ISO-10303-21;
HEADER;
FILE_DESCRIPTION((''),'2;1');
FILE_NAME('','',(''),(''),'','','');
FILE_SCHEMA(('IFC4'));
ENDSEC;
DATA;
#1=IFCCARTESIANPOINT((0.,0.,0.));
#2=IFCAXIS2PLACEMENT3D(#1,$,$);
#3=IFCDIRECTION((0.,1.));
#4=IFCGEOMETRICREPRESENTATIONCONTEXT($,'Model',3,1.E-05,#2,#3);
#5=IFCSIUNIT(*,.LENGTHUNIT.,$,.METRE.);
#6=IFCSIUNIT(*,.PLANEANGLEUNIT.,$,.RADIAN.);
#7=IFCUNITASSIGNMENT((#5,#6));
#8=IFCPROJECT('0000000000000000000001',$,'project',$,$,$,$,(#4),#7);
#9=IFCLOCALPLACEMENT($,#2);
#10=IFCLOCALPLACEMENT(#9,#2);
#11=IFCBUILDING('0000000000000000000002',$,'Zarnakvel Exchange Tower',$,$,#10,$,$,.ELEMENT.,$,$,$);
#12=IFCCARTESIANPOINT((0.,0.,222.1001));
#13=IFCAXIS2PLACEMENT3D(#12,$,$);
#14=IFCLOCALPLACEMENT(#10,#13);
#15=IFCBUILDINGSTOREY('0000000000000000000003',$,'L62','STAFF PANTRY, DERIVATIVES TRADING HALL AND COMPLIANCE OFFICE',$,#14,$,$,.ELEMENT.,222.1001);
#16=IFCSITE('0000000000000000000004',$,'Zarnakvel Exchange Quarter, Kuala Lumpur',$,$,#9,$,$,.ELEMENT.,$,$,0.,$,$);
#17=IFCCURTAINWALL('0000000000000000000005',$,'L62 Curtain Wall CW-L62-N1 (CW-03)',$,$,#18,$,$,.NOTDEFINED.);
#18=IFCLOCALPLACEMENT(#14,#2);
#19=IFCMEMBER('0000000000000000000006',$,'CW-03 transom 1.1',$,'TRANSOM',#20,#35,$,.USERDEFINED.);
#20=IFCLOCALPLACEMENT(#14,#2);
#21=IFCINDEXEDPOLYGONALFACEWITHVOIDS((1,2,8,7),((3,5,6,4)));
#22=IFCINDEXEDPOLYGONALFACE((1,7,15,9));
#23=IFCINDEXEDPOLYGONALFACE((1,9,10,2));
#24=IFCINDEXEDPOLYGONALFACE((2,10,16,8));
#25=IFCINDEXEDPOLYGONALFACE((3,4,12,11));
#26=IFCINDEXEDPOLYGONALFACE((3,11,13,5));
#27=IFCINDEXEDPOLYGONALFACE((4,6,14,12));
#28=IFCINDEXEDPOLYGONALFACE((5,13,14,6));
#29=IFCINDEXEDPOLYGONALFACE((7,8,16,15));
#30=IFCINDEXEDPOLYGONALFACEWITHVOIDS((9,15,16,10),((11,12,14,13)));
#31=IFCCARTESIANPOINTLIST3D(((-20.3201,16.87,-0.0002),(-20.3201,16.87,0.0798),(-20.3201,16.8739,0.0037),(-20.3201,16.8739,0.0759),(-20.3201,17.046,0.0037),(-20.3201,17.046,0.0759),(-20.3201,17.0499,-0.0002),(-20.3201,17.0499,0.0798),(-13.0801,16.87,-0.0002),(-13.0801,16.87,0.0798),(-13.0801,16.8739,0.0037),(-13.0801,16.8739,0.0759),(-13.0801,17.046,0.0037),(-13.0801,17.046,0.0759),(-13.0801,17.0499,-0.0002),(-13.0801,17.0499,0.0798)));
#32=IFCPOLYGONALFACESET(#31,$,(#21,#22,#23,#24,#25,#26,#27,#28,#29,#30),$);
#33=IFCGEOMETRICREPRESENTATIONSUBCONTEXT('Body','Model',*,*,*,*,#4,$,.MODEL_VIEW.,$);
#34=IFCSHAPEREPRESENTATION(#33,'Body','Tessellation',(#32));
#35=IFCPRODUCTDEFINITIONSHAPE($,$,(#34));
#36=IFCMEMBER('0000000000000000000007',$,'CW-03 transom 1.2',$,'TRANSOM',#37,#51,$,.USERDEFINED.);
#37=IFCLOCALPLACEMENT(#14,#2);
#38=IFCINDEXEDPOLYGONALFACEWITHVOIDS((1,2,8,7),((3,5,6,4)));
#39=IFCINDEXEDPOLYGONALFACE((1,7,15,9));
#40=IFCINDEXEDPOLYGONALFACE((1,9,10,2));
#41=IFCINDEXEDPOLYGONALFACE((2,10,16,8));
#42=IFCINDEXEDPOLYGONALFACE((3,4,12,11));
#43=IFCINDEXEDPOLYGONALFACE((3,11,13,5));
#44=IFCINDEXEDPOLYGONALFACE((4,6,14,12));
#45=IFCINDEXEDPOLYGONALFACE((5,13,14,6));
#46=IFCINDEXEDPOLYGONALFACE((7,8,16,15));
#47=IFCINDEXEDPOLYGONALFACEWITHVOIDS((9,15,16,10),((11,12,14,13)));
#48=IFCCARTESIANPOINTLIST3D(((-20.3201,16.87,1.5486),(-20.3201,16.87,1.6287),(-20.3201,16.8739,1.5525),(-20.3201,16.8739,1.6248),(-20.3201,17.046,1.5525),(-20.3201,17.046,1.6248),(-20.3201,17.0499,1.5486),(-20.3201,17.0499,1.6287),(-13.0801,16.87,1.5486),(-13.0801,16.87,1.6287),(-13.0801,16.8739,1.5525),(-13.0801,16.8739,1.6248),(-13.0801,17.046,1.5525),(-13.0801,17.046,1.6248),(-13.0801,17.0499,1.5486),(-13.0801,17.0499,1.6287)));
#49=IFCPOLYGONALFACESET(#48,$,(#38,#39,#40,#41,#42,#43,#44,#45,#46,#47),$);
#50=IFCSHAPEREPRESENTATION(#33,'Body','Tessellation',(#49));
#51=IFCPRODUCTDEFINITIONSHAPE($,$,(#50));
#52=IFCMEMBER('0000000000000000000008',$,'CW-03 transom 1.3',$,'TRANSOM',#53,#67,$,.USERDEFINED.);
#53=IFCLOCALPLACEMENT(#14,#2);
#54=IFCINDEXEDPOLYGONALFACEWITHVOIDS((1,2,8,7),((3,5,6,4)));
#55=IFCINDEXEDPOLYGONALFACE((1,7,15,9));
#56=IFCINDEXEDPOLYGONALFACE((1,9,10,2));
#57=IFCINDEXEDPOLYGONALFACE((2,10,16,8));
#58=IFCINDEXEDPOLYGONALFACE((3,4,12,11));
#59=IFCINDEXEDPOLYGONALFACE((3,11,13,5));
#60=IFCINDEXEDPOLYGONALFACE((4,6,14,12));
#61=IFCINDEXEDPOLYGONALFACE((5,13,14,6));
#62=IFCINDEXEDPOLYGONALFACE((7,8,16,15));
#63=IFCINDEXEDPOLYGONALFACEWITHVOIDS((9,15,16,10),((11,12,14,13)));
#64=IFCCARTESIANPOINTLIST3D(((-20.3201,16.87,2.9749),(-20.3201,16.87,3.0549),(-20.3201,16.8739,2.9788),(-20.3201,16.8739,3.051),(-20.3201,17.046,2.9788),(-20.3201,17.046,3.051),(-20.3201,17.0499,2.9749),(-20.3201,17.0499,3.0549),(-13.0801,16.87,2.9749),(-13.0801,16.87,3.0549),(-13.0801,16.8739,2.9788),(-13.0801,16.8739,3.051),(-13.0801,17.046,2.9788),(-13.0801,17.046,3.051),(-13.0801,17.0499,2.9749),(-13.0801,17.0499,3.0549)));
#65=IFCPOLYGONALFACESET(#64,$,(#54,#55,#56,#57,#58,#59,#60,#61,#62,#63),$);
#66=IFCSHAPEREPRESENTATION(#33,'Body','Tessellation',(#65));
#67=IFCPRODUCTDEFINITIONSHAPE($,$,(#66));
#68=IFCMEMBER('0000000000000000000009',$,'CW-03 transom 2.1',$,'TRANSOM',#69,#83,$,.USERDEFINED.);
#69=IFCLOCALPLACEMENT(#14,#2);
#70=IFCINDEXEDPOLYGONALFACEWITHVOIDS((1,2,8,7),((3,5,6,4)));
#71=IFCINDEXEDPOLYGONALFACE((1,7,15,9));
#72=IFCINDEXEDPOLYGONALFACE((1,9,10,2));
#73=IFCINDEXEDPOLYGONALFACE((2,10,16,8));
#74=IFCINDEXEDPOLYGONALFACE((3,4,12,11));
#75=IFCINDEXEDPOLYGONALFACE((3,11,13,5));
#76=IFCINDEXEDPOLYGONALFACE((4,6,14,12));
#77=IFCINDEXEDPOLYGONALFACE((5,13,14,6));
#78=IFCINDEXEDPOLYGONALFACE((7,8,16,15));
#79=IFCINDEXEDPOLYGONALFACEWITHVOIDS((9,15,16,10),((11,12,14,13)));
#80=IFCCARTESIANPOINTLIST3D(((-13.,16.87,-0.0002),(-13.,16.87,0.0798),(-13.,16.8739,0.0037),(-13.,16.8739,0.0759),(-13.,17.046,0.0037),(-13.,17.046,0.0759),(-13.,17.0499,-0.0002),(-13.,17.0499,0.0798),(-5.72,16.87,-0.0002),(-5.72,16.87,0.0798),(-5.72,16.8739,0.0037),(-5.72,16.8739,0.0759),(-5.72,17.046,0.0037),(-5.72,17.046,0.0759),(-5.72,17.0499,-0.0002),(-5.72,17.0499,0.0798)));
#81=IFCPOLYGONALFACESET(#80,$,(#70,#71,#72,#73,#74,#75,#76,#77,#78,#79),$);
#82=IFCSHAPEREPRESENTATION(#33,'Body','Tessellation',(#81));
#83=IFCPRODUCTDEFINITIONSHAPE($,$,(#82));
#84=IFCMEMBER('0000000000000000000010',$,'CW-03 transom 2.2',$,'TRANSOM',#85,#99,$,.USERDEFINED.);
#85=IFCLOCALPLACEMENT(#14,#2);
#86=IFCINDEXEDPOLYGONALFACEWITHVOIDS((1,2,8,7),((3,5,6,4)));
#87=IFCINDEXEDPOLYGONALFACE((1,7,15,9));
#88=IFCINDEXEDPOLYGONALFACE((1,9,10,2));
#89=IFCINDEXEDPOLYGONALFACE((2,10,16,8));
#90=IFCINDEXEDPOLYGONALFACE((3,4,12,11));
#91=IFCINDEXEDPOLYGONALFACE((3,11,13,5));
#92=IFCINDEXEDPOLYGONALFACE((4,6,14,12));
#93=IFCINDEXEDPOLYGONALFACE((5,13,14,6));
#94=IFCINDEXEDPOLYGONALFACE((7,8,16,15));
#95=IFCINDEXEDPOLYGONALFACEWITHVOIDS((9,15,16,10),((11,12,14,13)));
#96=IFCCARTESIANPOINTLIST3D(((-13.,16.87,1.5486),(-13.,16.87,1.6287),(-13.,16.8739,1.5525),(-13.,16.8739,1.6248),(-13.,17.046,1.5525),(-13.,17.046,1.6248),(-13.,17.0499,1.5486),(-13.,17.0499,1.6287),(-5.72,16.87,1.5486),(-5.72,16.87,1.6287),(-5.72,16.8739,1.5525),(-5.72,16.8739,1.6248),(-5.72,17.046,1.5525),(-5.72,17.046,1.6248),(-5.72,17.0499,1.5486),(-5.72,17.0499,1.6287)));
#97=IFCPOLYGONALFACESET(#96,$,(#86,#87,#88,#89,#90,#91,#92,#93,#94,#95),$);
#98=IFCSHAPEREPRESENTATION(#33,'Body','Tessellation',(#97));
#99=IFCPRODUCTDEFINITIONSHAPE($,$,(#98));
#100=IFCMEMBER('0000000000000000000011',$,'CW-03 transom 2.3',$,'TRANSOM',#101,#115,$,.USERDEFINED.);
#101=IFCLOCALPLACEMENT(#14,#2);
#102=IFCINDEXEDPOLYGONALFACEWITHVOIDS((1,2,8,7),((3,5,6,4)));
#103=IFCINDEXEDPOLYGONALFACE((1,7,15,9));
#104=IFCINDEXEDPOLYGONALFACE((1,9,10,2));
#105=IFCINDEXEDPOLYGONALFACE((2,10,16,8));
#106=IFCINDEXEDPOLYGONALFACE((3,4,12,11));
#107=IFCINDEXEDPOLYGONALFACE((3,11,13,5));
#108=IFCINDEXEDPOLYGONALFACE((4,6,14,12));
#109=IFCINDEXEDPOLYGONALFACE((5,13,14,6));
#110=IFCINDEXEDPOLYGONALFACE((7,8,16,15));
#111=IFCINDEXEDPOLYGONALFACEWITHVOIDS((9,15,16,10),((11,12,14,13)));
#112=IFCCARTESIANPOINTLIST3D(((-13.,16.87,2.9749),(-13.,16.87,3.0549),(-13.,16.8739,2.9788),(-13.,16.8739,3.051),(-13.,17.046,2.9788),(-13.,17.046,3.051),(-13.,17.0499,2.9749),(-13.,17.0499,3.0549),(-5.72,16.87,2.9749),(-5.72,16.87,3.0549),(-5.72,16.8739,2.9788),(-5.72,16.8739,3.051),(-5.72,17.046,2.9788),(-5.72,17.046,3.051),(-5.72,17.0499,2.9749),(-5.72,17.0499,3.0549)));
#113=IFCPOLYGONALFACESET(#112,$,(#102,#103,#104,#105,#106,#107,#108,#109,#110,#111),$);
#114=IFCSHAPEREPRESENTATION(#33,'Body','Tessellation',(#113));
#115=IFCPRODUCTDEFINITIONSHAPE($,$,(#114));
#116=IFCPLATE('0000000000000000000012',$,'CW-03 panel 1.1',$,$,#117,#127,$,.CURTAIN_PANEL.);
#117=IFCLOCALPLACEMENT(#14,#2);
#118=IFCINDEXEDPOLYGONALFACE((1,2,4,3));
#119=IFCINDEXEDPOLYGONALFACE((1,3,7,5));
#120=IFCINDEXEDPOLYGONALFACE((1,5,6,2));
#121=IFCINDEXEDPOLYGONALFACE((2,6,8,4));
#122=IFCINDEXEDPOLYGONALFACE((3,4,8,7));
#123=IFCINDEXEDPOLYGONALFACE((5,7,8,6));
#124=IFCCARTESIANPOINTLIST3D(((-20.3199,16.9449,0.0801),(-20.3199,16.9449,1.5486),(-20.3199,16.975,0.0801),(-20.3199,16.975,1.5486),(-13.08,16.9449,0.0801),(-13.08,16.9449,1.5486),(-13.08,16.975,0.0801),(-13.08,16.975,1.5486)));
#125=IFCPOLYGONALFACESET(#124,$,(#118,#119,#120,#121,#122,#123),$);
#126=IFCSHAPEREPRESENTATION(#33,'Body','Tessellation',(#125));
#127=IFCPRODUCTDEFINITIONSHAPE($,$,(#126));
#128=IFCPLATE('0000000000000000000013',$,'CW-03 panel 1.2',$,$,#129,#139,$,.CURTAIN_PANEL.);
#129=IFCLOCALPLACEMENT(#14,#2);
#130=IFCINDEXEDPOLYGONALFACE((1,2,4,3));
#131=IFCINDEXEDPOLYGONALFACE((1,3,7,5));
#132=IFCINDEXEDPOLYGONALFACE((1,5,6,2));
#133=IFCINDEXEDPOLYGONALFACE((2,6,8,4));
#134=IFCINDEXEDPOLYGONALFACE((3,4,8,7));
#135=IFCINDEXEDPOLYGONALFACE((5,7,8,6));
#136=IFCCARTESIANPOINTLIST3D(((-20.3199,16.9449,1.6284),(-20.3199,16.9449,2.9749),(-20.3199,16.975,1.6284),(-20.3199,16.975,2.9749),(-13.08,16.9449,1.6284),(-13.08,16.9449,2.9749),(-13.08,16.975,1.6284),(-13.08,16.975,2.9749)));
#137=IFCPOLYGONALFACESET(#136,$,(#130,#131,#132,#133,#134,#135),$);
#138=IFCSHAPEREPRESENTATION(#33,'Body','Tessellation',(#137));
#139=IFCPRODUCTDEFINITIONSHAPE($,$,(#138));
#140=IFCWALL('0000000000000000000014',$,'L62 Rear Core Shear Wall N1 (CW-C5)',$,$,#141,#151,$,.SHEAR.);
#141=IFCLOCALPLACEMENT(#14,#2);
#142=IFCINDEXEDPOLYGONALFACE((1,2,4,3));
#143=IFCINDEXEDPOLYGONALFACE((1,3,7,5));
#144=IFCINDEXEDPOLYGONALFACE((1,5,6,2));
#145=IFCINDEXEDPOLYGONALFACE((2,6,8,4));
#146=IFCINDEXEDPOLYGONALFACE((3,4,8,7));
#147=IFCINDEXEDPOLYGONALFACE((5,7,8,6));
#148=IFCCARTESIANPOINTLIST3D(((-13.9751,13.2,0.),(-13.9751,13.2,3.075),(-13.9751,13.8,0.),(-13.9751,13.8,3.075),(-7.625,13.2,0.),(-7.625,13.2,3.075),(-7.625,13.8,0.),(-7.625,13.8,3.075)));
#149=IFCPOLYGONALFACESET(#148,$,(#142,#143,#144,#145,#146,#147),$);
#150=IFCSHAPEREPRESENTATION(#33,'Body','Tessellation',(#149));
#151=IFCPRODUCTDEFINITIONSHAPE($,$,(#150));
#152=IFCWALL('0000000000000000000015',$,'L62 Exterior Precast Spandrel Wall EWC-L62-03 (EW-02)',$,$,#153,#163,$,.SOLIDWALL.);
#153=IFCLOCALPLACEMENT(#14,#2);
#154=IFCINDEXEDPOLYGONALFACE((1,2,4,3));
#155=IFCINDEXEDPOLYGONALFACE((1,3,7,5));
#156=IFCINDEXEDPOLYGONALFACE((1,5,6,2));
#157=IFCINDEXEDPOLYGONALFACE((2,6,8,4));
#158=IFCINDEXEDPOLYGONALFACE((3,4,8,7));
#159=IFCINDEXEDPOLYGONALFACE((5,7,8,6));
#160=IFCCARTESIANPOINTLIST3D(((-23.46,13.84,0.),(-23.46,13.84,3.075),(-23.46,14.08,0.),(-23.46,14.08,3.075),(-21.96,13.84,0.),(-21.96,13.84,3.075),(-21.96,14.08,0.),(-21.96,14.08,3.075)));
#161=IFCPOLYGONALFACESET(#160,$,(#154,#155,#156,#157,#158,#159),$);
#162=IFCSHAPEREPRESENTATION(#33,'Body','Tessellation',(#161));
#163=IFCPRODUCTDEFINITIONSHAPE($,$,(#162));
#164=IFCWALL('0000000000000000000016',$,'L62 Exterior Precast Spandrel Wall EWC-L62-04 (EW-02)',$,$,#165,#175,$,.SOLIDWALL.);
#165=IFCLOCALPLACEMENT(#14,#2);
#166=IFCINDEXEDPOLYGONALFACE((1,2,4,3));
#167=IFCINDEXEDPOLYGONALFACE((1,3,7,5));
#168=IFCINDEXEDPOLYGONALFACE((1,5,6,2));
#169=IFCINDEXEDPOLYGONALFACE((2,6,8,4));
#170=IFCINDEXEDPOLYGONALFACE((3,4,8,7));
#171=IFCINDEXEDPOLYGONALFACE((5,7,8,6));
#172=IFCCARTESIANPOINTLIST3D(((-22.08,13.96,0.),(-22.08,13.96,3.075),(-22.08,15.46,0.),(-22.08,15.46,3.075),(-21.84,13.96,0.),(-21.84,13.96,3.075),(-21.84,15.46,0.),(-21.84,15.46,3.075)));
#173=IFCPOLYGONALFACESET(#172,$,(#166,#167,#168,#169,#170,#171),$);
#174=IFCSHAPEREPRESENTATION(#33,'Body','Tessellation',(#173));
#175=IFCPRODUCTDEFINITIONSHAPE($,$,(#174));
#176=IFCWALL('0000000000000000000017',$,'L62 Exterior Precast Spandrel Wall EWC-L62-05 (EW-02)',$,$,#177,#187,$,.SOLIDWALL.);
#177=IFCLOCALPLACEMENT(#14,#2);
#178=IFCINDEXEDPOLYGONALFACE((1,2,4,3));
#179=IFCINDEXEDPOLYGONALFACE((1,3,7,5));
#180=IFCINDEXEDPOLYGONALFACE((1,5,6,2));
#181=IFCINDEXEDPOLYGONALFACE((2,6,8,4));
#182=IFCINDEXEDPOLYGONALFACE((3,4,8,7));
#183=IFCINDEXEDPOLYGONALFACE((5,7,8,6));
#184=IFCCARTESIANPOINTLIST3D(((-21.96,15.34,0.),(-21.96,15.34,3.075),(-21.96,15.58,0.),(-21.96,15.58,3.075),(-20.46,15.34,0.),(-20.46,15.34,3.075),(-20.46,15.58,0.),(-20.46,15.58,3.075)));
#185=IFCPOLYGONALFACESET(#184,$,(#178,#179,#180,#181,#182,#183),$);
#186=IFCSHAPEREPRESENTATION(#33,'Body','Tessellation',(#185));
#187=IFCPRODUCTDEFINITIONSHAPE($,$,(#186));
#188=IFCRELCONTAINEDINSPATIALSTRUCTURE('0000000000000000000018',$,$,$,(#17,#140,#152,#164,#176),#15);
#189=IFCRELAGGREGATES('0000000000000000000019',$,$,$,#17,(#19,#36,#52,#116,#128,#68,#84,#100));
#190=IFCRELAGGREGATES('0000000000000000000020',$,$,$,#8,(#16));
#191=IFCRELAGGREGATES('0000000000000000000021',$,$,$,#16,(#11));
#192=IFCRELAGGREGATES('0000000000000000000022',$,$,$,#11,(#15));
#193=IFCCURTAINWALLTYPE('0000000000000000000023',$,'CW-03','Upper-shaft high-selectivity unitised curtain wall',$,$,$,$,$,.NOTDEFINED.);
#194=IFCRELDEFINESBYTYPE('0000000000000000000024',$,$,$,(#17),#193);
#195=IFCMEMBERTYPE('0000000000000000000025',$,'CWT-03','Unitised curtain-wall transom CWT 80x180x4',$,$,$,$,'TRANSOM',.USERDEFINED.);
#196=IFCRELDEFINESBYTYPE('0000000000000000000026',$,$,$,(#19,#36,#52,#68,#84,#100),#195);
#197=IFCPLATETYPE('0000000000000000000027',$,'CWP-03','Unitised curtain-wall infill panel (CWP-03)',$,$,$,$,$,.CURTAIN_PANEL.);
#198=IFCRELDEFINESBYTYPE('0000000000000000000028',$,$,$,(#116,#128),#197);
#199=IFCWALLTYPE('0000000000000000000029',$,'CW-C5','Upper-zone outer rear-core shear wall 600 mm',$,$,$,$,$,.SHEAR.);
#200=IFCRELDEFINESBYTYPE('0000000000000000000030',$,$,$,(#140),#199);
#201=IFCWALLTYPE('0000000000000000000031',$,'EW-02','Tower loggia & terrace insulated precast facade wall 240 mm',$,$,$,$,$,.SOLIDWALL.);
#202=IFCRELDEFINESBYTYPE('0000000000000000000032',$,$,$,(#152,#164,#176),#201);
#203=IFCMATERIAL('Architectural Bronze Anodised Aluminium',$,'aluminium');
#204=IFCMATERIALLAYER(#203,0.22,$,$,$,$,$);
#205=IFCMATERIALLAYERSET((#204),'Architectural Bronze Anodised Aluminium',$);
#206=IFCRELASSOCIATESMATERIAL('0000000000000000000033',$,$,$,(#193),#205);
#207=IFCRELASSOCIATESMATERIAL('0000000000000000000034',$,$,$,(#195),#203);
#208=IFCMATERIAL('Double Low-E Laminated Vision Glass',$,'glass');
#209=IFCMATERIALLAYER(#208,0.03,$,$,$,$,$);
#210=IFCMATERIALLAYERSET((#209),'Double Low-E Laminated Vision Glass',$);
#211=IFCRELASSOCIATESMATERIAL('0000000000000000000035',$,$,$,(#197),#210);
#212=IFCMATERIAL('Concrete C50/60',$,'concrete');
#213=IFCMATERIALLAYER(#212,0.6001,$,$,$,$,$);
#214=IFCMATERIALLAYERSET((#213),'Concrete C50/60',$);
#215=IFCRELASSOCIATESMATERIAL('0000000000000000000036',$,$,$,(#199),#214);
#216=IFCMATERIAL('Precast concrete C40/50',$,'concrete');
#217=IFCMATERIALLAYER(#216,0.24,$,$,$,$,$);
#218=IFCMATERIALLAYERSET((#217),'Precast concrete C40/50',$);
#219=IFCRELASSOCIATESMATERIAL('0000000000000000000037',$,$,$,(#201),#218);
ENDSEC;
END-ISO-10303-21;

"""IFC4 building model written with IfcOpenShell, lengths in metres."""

from ifc_helpers import new_model, si_unit, direction, frame, frame_2d, origin, origin_2d, place, context, subcontext, project, spatial, rectangle, hollow_rectangle, extrude, source, transform, mapped, material, layer, layer_set, material_profile, profile_set, type_object, element, aggregate, save


model = new_model("IFC4")

# Units and contexts
model_context = context("Model", 3, precision=1e-05, world=origin(), true_north=direction((0.0, 1.0)))
body_context = subcontext(model_context, "Body", "Model", "MODEL_VIEW")
ifc_project = project(units=[si_unit("LENGTHUNIT", "METRE"), si_unit("PLANEANGLEUNIT", "RADIAN")], contexts=[model_context])

# Site, building, storey
site_placement = place(None, origin())
site = spatial("IfcSite", under=ifc_project, at=site_placement, Name="Zarnakvel Exchange Quarter, Kuala Lumpur", CompositionType="ELEMENT", RefElevation=0.0)
building_placement = place(site_placement, origin())
building = spatial("IfcBuilding", under=site, at=building_placement, Name="Zarnakvel Exchange Tower", CompositionType="ELEMENT")
storey_placement = place(building_placement, frame((0.0, 0.0, 222.1001)))
storey = spatial("IfcBuildingStorey", under=building, at=storey_placement, Name="L62", Description="STAFF PANTRY, DERIVATIVES TRADING HALL AND COMPLIANCE OFFICE", CompositionType="ELEMENT", Elevation=222.1001)

# Shared definitions
ifc_material_1 = material(Name="Concrete C50/60", Category="concrete")

# Shared definitions
ifc_material_2 = material(Name="Architectural Bronze Anodised Aluminium", Category="aluminium")

# Curtain wall, members, plates
ifc_layer_1 = layer(ifc_material_2, 0.22)
ifc_layer_set_1 = layer_set([ifc_layer_1], Name="Architectural Bronze Anodised Aluminium")
curtain_wall_type_1 = type_object("IfcCurtainWallType", Name="CW-03", Description="Upper-shaft high-selectivity unitised curtain wall", PredefinedType="NOTDEFINED", material=ifc_layer_set_1)
curtain_wall_1_placement = place(storey_placement, origin())
curtain_wall_1 = element("IfcCurtainWall", 1, at=curtain_wall_1_placement, inside=storey, type_object=curtain_wall_type_1, Name="L62 Curtain Wall CW-L62-N1 (CW-03)", PredefinedType="NOTDEFINED")
ifc_material_profile_1 = material_profile(ifc_material_2, hollow_rectangle(XDim=0.1799, YDim=0.0801, WallThickness=0.0039, at=origin_2d()))
ifc_profile_set_1 = profile_set([ifc_material_profile_1], Name="Architectural Bronze Anodised Aluminium")
member_type_1 = type_object("IfcMemberType", Name="CWT-03", Description="Unitised curtain-wall transom CWT 80x180x4", ElementType="TRANSOM", PredefinedType="USERDEFINED", material=ifc_profile_set_1)
shared_shape_1 = source(origin(), body_context, "Body", "SweptSolid", [
    extrude(hollow_rectangle(XDim=0.1799, YDim=0.0801, WallThickness=0.0039, at=origin_2d()), origin(), (0.0, 0.0, 1.0), 7.24),
])
member_1_placement = place(storey_placement, frame((-20.3201, 16.96, 0.0398), z_axis=(1.0, 0.0, 0.0), x_axis=(0.0, 1.0, 0.0)))
member_1 = element("IfcMember", 2, at=member_1_placement, type_object=member_type_1, Name="CW-03 transom 1.1", ObjectType="TRANSOM", PredefinedType="USERDEFINED", context=body_context, shape_type="MappedRepresentation", body=[
    mapped(shared_shape_1, transform((0.0, 0.0, 0.0), x_axis=(1.0, 0.0, 0.0), y_axis=(0.0, 1.0, 0.0), z_axis=(0.0, 0.0, 1.0), scale=1.0)),
])
member_2_placement = place(storey_placement, frame((-20.3201, 16.96, 1.5886), z_axis=(1.0, 0.0, 0.0), x_axis=(0.0, 1.0, 0.0)))
member_2 = element("IfcMember", 3, at=member_2_placement, type_object=member_type_1, Name="CW-03 transom 1.2", ObjectType="TRANSOM", PredefinedType="USERDEFINED", context=body_context, shape_type="MappedRepresentation", body=[
    mapped(shared_shape_1, transform((0.0, 0.0, 0.0), x_axis=(1.0, 0.0, 0.0), y_axis=(0.0, 1.0, 0.0), z_axis=(0.0, 0.0, 1.0), scale=1.0)),
])
member_3_placement = place(storey_placement, frame((-20.3201, 16.96, 3.0149), z_axis=(1.0, 0.0, 0.0), x_axis=(0.0, 1.0, 0.0)))
member_3 = element("IfcMember", 4, at=member_3_placement, type_object=member_type_1, Name="CW-03 transom 1.3", ObjectType="TRANSOM", PredefinedType="USERDEFINED", context=body_context, shape_type="MappedRepresentation", body=[
    mapped(shared_shape_1, transform((0.0, 0.0, 0.0), x_axis=(1.0, 0.0, 0.0), y_axis=(0.0, 1.0, 0.0), z_axis=(0.0, 0.0, 1.0), scale=1.0)),
])
shared_shape_2 = source(origin(), body_context, "Body", "SweptSolid", [
    extrude(hollow_rectangle(XDim=0.1799, YDim=0.0801, WallThickness=0.0039, at=origin_2d()), origin(), (0.0, 0.0, 1.0), 7.28),
])
member_4_placement = place(storey_placement, frame((-13.0, 16.96, 0.0398), z_axis=(1.0, 0.0, 0.0), x_axis=(0.0, 1.0, 0.0)))
member_4 = element("IfcMember", 5, at=member_4_placement, type_object=member_type_1, Name="CW-03 transom 2.1", ObjectType="TRANSOM", PredefinedType="USERDEFINED", context=body_context, shape_type="MappedRepresentation", body=[
    mapped(shared_shape_2, transform((0.0, 0.0, 0.0), x_axis=(1.0, 0.0, 0.0), y_axis=(0.0, 1.0, 0.0), z_axis=(0.0, 0.0, 1.0), scale=1.0)),
])
member_5_placement = place(storey_placement, frame((-13.0, 16.96, 1.5886), z_axis=(1.0, 0.0, 0.0), x_axis=(0.0, 1.0, 0.0)))
member_5 = element("IfcMember", 6, at=member_5_placement, type_object=member_type_1, Name="CW-03 transom 2.2", ObjectType="TRANSOM", PredefinedType="USERDEFINED", context=body_context, shape_type="MappedRepresentation", body=[
    mapped(shared_shape_2, transform((0.0, 0.0, 0.0), x_axis=(1.0, 0.0, 0.0), y_axis=(0.0, 1.0, 0.0), z_axis=(0.0, 0.0, 1.0), scale=1.0)),
])
member_6_placement = place(storey_placement, frame((-13.0, 16.96, 3.0149), z_axis=(1.0, 0.0, 0.0), x_axis=(0.0, 1.0, 0.0)))
member_6 = element("IfcMember", 7, at=member_6_placement, type_object=member_type_1, Name="CW-03 transom 2.3", ObjectType="TRANSOM", PredefinedType="USERDEFINED", context=body_context, shape_type="MappedRepresentation", body=[
    mapped(shared_shape_2, transform((0.0, 0.0, 0.0), x_axis=(1.0, 0.0, 0.0), y_axis=(0.0, 1.0, 0.0), z_axis=(0.0, 0.0, 1.0), scale=1.0)),
])
ifc_material_3 = material(Name="Double Low-E Laminated Vision Glass", Category="glass")
ifc_layer_2 = layer(ifc_material_3, 0.03)
ifc_layer_set_2 = layer_set([ifc_layer_2], Name="Double Low-E Laminated Vision Glass")
plate_type = type_object("IfcPlateType", Name="CWP-03", Description="Unitised curtain-wall infill panel (CWP-03)", PredefinedType="CURTAIN_PANEL", material=ifc_layer_set_2)
shared_shape_3 = source(origin(), body_context, "Body", "SweptSolid", [
    extrude(rectangle(XDim=7.24, YDim=0.03, at=origin_2d()), origin(), (0.0, 0.0, 1.0), 1.4685),
])
plate_1_placement = place(storey_placement, frame((-16.7, 16.96, 0.0801), z_axis=(0.0, 0.0, 1.0), x_axis=(1.0, 0.0, 0.0)))
plate_1 = element("IfcPlate", 8, at=plate_1_placement, type_object=plate_type, Name="CW-03 panel 1.1", PredefinedType="CURTAIN_PANEL", context=body_context, shape_type="MappedRepresentation", body=[
    mapped(shared_shape_3, transform((0.0, 0.0, 0.0), x_axis=(1.0, 0.0, 0.0), y_axis=(0.0, 1.0, 0.0), z_axis=(0.0, 0.0, 1.0), scale=1.0)),
])
shared_shape_4 = source(origin(), body_context, "Body", "SweptSolid", [
    extrude(rectangle(XDim=7.24, YDim=0.03, at=origin_2d()), origin(), (0.0, 0.0, 1.0), 1.3464),
])
plate_2_placement = place(storey_placement, frame((-16.7, 16.96, 1.6284), z_axis=(0.0, 0.0, 1.0), x_axis=(1.0, 0.0, 0.0)))
plate_2 = element("IfcPlate", 9, at=plate_2_placement, type_object=plate_type, Name="CW-03 panel 1.2", PredefinedType="CURTAIN_PANEL", context=body_context, shape_type="MappedRepresentation", body=[
    mapped(shared_shape_4, transform((0.0, 0.0, 0.0), x_axis=(1.0, 0.0, 0.0), y_axis=(0.0, 1.0, 0.0), z_axis=(0.0, 0.0, 1.0), scale=1.0)),
])
aggregate(curtain_wall_1, [member_1, member_2, member_3, plate_1, plate_2, member_4, member_5, member_6])

# Walls
ifc_layer_3 = layer(ifc_material_1, 0.6001)
ifc_layer_set_3 = layer_set([ifc_layer_3], Name="Concrete C50/60")
wall_type_1 = type_object("IfcWallType", Name="CW-C5", Description="Upper-zone outer rear-core shear wall 600 mm", PredefinedType="SHEAR", material=ifc_layer_set_3)
wall_1_placement = place(storey_placement, frame((-13.9751, 13.5, 0.0), z_axis=(0.0, 0.0, 1.0), x_axis=(1.0, 0.0, 0.0)))
element("IfcWall", 10, at=wall_1_placement, inside=storey, type_object=wall_type_1, Name="L62 Rear Core Shear Wall N1 (CW-C5)", PredefinedType="SHEAR", context=body_context, shape_type="SweptSolid", body=[
    extrude(rectangle(XDim=6.3501, YDim=0.6001, at=frame_2d((3.175, 0.0))), origin(), (0.0, 0.0, 1.0), 3.075),
])
ifc_material_4 = material(Name="Precast concrete C40/50", Category="concrete")
ifc_layer_4 = layer(ifc_material_4, 0.24)
ifc_layer_set_4 = layer_set([ifc_layer_4], Name="Precast concrete C40/50")
wall_type_2 = type_object("IfcWallType", Name="EW-02", Description="Tower loggia & terrace insulated precast facade wall 240 mm", PredefinedType="SOLIDWALL", material=ifc_layer_set_4)
for number, where, z_axis, x_axis, name in (
    (11, (-21.96, 13.96, 0.0), (0.0, 0.0, 1.0), (-1.0, 0.0, 0.0), "L62 Exterior Precast Spandrel Wall EWC-L62-03 (EW-02)"),
    (12, (-21.96, 15.46, 0.0), (0.0, 0.0, 1.0), (0.0, -1.0, 0.0), "L62 Exterior Precast Spandrel Wall EWC-L62-04 (EW-02)"),
    (13, (-20.46, 15.46, 0.0), (0.0, 0.0, 1.0), (-1.0, 0.0, 0.0), "L62 Exterior Precast Spandrel Wall EWC-L62-05 (EW-02)"),
):
    element("IfcWall", number, at=place(storey_placement, frame(where, z_axis=z_axis, x_axis=x_axis)), inside=storey, type_object=wall_type_2, Name=name, PredefinedType="SOLIDWALL", context=body_context, shape_type="SweptSolid", body=[
        extrude(rectangle(XDim=1.5, YDim=0.24, at=frame_2d((0.75, 0.0))), origin(), (0.0, 0.0, 1.0), 3.075),
    ])

save(model, "model.ifc")
